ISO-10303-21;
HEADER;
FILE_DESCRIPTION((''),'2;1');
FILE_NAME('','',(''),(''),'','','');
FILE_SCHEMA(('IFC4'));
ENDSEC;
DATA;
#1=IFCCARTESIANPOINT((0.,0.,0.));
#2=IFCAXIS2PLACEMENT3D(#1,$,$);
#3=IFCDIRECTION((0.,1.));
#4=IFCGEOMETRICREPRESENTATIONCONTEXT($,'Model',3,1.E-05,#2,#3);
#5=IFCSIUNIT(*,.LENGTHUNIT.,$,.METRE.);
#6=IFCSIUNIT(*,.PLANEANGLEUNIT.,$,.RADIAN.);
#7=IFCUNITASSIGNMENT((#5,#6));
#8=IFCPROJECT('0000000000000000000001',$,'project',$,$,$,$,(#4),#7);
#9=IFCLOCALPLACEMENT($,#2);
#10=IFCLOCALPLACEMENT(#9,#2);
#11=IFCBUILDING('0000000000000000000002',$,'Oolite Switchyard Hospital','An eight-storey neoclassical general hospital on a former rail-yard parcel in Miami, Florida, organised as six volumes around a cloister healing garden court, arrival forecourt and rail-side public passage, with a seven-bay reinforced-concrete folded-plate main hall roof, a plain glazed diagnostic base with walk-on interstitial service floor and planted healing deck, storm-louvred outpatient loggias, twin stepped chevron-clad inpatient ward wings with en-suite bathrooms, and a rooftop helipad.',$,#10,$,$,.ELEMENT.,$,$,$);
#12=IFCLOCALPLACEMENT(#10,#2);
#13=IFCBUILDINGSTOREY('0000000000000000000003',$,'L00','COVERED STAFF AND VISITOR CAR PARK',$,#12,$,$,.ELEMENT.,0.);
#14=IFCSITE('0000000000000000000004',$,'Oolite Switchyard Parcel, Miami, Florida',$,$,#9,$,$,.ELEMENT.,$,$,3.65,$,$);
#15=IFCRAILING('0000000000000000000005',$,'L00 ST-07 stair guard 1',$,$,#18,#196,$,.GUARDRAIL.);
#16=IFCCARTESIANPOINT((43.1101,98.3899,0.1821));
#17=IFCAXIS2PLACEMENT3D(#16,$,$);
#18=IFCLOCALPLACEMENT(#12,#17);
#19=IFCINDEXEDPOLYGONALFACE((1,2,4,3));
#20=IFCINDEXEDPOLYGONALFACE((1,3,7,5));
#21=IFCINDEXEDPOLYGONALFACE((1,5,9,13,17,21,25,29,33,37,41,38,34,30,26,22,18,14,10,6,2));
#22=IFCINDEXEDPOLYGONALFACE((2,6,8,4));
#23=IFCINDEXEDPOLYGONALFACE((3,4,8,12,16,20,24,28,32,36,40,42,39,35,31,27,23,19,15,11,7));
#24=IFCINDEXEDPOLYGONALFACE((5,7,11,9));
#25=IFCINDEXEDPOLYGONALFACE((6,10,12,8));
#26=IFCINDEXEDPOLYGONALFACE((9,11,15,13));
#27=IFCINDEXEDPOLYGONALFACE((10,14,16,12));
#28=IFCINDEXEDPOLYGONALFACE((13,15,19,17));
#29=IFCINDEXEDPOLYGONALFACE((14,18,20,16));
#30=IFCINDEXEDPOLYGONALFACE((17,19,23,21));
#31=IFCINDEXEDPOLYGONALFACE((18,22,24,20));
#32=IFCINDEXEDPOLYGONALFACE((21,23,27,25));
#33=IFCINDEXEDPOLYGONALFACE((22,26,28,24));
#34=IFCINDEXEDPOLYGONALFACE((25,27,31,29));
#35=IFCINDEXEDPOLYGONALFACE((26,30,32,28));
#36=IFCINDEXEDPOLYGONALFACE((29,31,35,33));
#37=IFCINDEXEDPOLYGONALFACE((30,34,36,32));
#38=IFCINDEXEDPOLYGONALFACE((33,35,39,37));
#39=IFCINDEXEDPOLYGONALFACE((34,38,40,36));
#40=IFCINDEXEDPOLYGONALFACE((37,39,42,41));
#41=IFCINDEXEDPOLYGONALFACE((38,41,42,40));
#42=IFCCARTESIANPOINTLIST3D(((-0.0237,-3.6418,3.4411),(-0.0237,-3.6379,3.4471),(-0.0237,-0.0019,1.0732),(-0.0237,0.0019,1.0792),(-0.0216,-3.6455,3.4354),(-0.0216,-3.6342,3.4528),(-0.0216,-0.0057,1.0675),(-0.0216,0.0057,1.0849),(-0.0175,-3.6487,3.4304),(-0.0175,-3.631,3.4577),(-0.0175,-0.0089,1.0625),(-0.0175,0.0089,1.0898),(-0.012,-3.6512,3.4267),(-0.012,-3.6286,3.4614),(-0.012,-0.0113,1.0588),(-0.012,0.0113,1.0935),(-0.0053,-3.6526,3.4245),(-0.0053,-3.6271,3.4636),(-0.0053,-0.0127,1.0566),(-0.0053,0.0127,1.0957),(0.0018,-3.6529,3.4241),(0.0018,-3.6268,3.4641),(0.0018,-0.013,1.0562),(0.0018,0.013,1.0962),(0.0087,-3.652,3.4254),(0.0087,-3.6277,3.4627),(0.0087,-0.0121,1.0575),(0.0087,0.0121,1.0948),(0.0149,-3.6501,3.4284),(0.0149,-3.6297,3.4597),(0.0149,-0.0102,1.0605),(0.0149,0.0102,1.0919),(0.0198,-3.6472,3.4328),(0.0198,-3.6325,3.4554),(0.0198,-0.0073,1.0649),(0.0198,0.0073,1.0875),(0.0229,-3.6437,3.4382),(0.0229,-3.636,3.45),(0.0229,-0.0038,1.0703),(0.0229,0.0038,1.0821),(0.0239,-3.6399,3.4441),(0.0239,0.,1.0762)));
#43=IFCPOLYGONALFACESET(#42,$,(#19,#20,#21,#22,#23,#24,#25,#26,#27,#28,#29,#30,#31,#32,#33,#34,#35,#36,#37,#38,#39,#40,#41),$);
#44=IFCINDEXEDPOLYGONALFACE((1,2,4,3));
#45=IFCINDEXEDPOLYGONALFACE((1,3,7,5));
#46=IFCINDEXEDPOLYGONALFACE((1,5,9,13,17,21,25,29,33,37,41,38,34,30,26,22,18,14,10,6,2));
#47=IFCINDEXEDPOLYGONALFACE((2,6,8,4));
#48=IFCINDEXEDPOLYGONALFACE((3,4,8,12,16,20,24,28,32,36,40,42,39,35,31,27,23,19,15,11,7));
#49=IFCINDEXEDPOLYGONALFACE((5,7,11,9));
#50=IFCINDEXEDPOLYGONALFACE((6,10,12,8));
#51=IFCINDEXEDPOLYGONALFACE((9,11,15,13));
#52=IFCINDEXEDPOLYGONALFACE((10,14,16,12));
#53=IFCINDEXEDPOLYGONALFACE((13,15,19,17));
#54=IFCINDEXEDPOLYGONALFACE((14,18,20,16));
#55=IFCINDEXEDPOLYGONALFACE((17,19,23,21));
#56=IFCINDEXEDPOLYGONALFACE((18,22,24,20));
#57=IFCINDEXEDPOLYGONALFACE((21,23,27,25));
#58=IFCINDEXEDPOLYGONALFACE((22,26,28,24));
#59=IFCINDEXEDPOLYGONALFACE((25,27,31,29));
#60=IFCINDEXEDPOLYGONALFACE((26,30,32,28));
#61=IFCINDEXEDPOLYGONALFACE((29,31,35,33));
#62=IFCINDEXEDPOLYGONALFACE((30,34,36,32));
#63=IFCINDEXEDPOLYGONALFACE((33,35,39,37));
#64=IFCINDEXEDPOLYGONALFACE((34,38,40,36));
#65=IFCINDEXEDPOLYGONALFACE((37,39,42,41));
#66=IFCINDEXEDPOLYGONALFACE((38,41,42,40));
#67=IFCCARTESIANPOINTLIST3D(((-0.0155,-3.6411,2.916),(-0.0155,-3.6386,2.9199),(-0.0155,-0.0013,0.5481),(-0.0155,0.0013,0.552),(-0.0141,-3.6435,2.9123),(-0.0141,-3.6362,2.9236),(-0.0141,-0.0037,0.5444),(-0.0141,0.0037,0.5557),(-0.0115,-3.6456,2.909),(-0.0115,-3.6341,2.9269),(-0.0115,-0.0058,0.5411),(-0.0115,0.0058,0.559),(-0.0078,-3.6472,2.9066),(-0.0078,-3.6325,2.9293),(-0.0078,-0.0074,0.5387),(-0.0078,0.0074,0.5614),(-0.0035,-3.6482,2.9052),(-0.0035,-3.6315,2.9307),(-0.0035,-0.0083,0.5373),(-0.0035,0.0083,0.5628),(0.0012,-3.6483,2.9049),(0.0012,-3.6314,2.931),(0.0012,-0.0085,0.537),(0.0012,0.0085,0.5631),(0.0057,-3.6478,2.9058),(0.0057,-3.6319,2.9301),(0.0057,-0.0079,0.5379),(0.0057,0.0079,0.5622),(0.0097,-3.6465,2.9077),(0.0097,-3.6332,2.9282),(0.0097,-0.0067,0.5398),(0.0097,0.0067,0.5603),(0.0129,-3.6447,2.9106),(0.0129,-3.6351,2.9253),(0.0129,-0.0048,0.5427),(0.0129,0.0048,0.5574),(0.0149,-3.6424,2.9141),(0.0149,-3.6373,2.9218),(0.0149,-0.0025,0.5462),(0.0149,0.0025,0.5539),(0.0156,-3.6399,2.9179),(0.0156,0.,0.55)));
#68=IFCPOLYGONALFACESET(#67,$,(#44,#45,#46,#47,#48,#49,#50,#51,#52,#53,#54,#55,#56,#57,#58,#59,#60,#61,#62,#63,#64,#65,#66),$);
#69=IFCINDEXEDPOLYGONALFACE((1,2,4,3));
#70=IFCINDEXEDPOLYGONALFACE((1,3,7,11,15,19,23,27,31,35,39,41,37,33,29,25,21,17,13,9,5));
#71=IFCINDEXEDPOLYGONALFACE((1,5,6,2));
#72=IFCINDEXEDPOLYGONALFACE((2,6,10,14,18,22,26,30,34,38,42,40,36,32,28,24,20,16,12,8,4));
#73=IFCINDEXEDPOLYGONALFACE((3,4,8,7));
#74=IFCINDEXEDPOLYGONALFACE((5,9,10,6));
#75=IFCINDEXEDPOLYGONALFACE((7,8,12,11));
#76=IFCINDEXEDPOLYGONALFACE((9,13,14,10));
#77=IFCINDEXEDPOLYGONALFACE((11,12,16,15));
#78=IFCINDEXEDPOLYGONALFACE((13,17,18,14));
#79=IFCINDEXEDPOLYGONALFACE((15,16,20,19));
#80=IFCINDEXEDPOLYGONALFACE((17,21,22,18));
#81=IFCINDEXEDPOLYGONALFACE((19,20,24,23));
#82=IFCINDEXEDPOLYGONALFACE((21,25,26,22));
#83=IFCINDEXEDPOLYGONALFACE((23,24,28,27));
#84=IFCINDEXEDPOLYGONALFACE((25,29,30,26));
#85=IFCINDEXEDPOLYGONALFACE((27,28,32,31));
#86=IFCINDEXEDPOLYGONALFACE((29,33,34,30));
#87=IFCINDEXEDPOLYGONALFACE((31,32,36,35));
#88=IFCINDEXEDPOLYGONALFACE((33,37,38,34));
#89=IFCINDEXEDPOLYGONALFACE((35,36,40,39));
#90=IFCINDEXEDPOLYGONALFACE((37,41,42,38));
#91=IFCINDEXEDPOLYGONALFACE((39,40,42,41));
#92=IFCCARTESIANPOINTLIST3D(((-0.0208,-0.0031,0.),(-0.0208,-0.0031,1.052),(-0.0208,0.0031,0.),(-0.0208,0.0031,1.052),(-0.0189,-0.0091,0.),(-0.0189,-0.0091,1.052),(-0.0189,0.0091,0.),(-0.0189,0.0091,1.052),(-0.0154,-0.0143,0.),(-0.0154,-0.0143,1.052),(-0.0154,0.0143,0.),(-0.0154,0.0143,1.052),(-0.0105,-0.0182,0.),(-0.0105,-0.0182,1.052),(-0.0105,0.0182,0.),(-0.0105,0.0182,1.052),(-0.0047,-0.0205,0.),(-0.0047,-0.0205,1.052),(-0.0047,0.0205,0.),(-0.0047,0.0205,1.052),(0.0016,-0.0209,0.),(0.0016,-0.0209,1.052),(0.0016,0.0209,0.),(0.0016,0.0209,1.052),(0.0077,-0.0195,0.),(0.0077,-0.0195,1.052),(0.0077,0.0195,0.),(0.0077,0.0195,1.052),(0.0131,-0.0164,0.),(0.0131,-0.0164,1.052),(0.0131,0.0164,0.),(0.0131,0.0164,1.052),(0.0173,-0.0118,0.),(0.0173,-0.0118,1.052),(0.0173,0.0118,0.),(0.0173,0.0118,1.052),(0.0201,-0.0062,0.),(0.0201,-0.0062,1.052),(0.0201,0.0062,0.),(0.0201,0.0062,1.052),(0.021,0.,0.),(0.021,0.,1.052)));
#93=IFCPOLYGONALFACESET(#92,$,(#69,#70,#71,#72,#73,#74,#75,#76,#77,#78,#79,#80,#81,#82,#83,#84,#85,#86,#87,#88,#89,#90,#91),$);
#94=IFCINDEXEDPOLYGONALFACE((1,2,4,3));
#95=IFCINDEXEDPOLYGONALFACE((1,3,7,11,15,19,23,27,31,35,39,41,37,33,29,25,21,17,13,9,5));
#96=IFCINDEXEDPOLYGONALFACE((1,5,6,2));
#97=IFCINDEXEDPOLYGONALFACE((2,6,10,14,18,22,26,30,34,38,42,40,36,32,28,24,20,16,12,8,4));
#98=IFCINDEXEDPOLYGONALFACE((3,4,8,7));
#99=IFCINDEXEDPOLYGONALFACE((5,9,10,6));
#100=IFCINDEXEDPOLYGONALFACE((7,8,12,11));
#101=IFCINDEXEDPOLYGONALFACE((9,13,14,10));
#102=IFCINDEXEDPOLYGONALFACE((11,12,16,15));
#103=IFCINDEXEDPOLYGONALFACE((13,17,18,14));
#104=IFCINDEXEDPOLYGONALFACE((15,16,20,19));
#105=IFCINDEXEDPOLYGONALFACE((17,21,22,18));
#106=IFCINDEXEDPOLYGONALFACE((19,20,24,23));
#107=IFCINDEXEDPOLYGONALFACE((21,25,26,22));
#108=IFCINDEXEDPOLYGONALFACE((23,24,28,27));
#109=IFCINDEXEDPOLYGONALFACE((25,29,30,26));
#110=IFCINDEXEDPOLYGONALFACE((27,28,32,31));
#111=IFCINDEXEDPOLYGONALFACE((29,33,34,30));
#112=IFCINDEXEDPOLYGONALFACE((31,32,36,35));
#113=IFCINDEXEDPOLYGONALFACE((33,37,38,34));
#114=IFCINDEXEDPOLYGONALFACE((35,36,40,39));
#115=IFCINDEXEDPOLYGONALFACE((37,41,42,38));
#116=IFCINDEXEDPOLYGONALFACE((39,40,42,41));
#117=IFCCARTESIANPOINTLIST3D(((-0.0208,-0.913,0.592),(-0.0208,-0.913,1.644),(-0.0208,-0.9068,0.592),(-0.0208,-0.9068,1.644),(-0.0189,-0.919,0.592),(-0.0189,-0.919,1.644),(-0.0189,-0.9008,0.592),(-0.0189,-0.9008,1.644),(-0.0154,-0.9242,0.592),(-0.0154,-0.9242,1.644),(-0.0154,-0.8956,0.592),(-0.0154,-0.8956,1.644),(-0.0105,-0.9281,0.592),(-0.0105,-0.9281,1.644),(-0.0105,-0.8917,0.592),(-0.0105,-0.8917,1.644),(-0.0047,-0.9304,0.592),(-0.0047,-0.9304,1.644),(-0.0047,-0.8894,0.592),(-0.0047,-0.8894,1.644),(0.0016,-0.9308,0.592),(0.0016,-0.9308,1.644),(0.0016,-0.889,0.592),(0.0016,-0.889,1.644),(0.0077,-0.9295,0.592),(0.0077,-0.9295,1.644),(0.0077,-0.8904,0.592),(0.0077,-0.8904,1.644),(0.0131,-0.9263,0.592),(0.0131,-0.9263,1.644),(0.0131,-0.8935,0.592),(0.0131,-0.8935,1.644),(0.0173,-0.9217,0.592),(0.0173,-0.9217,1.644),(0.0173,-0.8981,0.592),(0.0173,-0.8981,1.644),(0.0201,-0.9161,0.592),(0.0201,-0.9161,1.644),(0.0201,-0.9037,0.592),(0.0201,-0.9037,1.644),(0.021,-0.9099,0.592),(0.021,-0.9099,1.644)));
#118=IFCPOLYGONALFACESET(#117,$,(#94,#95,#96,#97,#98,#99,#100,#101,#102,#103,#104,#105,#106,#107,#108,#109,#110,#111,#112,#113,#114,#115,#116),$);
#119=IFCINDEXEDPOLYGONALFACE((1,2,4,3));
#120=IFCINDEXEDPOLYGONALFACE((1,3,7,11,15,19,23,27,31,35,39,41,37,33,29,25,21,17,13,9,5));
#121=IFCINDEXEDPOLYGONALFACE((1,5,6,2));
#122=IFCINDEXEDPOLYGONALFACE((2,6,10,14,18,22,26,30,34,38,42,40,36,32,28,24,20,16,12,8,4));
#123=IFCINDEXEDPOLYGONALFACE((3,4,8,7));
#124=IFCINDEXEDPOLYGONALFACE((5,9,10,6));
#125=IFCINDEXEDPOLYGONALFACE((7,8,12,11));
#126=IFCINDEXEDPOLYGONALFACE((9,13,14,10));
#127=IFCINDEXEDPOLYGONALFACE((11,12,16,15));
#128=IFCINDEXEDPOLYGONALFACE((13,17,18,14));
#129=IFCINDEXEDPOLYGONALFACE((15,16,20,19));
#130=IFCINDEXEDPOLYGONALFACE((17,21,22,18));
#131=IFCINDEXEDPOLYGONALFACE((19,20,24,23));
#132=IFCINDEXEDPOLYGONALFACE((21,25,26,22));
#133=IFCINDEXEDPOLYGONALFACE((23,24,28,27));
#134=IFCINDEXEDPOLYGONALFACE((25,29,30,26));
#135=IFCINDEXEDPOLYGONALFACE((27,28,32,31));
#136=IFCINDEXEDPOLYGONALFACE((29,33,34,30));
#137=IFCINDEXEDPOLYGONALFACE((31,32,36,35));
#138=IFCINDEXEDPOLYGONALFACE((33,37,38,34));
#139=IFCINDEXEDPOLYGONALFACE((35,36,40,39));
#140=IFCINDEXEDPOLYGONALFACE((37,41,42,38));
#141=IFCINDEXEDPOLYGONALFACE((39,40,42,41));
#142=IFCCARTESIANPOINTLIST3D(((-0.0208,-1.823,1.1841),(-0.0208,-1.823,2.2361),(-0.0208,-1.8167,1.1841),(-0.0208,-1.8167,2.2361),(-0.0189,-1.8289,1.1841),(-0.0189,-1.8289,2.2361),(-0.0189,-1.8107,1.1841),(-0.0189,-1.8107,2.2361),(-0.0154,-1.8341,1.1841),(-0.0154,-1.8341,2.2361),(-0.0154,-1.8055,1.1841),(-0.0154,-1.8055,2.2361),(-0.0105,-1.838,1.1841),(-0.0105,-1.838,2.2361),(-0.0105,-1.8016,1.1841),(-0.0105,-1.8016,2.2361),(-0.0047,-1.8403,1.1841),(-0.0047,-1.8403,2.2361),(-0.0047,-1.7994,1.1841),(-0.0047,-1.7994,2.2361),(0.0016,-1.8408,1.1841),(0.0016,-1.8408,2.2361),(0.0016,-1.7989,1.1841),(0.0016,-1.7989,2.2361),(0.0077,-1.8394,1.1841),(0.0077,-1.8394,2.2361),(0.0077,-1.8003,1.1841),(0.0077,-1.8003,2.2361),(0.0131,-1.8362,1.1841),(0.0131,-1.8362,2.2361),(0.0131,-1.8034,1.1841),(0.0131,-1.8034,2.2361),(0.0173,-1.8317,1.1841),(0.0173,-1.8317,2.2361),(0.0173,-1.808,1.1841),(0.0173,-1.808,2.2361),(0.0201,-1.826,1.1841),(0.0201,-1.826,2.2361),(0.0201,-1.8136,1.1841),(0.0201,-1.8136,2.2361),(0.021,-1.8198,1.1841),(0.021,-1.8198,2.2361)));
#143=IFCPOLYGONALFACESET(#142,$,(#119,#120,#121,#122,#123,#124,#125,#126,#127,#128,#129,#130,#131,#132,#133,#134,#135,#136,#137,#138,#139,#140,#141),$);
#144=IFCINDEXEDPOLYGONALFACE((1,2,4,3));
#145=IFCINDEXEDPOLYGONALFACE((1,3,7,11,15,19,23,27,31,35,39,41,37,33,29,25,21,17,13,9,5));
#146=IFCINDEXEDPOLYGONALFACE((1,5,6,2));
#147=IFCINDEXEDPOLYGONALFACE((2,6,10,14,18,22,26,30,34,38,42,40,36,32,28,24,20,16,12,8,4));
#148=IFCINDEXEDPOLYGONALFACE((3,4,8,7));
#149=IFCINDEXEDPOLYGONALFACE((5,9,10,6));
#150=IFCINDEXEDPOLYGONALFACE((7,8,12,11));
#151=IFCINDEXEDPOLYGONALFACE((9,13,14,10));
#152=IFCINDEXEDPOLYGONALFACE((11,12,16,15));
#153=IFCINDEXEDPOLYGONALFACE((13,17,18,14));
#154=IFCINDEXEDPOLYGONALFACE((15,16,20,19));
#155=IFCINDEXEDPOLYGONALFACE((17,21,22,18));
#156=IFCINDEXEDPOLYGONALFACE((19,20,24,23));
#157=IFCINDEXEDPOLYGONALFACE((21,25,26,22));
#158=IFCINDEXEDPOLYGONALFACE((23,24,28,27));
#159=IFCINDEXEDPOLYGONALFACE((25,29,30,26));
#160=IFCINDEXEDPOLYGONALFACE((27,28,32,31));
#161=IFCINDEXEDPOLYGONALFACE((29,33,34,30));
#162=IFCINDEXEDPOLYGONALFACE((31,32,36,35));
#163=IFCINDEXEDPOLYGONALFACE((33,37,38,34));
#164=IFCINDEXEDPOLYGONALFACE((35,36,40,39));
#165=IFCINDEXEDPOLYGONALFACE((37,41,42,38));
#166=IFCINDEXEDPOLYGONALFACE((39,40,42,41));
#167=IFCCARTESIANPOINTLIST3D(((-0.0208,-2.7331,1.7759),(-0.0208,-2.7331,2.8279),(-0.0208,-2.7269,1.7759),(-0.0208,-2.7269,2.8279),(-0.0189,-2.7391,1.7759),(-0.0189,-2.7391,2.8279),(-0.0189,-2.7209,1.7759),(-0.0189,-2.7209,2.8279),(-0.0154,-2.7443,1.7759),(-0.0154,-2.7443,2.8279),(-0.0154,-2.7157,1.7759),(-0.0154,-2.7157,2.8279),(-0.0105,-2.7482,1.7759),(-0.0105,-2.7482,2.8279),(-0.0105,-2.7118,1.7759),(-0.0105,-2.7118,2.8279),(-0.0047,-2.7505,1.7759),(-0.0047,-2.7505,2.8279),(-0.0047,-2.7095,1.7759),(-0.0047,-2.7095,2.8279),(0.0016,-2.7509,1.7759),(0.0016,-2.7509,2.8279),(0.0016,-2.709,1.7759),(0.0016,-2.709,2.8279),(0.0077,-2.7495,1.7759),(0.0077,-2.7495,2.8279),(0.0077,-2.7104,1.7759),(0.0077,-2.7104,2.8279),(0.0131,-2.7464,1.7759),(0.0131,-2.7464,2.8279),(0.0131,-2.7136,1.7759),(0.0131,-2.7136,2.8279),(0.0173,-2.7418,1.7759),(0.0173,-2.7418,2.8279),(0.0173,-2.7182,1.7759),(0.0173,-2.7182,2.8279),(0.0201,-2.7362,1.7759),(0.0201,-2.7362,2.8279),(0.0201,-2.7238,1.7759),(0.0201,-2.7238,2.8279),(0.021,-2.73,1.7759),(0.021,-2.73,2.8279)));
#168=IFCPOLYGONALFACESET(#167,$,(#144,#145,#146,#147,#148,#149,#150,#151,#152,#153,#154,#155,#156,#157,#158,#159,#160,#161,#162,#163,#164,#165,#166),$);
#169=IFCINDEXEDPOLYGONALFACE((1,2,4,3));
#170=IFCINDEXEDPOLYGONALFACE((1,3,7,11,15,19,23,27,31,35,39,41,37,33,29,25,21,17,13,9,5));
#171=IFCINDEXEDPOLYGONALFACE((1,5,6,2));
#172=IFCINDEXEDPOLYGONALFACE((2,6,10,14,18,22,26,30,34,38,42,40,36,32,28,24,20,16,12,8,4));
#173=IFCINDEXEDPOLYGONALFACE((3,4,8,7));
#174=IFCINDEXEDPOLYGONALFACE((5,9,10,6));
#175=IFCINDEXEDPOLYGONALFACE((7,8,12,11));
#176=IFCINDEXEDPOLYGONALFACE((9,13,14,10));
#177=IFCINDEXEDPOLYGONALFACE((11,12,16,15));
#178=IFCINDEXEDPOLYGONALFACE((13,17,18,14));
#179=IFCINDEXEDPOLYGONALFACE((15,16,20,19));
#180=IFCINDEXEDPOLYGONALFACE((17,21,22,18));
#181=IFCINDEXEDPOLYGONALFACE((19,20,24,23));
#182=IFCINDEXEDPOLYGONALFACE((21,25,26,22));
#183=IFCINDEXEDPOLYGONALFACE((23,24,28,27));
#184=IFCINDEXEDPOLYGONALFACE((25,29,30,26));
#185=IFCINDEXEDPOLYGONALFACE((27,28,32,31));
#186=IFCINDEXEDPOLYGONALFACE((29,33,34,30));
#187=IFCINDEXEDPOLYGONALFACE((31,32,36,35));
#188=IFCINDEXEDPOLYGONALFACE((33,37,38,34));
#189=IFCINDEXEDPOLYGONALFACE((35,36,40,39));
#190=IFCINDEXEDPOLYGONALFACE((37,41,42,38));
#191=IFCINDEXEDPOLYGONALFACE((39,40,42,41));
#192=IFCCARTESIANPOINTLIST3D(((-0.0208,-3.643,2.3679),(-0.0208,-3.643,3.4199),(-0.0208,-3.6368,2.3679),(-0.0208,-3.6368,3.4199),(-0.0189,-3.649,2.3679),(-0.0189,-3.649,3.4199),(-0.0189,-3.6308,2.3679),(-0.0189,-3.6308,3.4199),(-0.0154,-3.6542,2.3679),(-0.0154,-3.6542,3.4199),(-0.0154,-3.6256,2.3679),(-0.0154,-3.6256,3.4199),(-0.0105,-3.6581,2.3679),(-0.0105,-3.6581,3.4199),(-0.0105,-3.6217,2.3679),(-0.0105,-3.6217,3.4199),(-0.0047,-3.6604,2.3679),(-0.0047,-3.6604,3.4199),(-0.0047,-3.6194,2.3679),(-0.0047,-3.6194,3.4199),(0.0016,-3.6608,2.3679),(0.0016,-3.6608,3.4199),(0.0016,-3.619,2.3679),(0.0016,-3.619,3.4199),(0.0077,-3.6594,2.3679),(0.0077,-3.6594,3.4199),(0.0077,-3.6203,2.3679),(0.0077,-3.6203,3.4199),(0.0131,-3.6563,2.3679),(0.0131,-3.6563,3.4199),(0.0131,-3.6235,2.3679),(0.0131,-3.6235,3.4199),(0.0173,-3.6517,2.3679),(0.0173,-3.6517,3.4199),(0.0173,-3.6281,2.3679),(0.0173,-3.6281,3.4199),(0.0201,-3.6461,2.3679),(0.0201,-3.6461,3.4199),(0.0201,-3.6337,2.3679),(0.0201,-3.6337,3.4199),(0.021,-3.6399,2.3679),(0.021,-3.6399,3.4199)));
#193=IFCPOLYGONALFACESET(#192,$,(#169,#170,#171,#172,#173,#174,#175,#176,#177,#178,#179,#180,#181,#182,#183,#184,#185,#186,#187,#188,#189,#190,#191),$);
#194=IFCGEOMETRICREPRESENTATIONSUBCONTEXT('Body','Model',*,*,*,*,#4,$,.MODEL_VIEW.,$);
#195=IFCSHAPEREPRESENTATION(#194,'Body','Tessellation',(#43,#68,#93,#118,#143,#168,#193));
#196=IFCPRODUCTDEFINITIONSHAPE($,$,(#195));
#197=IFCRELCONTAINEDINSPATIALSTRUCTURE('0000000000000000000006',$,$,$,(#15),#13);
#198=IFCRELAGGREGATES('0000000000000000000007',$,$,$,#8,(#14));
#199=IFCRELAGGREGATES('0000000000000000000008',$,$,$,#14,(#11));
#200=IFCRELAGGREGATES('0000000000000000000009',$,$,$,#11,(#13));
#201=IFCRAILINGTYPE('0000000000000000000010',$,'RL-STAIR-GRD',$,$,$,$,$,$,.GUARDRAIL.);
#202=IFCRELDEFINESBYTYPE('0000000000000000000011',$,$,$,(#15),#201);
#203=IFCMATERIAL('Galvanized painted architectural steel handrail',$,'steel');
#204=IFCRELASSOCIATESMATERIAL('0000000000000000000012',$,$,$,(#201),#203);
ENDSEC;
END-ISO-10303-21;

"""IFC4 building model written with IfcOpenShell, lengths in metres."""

from ifc_helpers import new_model, si_unit, direction, frame, origin, origin_2d, place, context, subcontext, project, spatial, circle, extrude, material, type_object, element, save


model = new_model("IFC4")

# Units and contexts
model_context = context("Model", 3, precision=1e-05, world=origin(), true_north=direction((0.0, 1.0)))
body_context = subcontext(model_context, "Body", "Model", "MODEL_VIEW")
ifc_project = project(units=[si_unit("LENGTHUNIT", "METRE"), si_unit("PLANEANGLEUNIT", "RADIAN")], contexts=[model_context])

# Site, building, storey
site_placement = place(None, origin())
site = spatial("IfcSite", under=ifc_project, at=site_placement, Name="Oolite Switchyard Parcel, Miami, Florida", CompositionType="ELEMENT", RefElevation=3.65)
building_placement = place(site_placement, origin())
building = spatial("IfcBuilding", under=site, at=building_placement, Name="Oolite Switchyard Hospital", Description="An eight-storey neoclassical general hospital on a former rail-yard parcel in Miami, Florida, organised as six volumes around a cloister healing garden court, arrival forecourt and rail-side public passage, with a seven-bay reinforced-concrete folded-plate main hall roof, a plain glazed diagnostic base with walk-on interstitial service floor and planted healing deck, storm-louvred outpatient loggias, twin stepped chevron-clad inpatient ward wings with en-suite bathrooms, and a rooftop helipad.", CompositionType="ELEMENT")
storey_placement = place(building_placement, origin())
storey = spatial("IfcBuildingStorey", under=building, at=storey_placement, Name="L00", Description="COVERED STAFF AND VISITOR CAR PARK", CompositionType="ELEMENT", Elevation=0.0)

# Railing
ifc_material_1 = material(Name="Galvanized painted architectural steel handrail", Category="steel")
railing_type_1 = type_object("IfcRailingType", Name="RL-STAIR-GRD", PredefinedType="GUARDRAIL", material=ifc_material_1)
railing_1_placement = place(storey_placement, frame((43.1101, 98.3899, 0.1821)))
element("IfcRailing", 1, at=railing_1_placement, inside=storey, type_object=railing_type_1, Name="L00 ST-07 stair guard 1", PredefinedType="GUARDRAIL", context=body_context, shape_type="SweptSolid", body=[
    extrude(circle(Radius=0.0239, at=origin_2d()), frame((0.0, 0.0, 1.0762), z_axis=(0.0, -0.838234, 0.54531), x_axis=(1.0, 0.0, 0.0)), (0.0, 0.0, 1.0), 4.3423),
    extrude(circle(Radius=0.0156, at=origin_2d()), frame((0.0, 0.0, 0.55), z_axis=(0.0, -0.838234, 0.54531), x_axis=(1.0, 0.0, 0.0)), (0.0, 0.0, 1.0), 4.3423),
    extrude(circle(Radius=0.021, at=origin_2d()), origin(), (0.0, 0.0, 1.0), 1.052),
    extrude(circle(Radius=0.021, at=origin_2d()), frame((0.0, -0.9099, 0.592)), (0.0, 0.0, 1.0), 1.052),
    extrude(circle(Radius=0.021, at=origin_2d()), frame((0.0, -1.8198, 1.1841)), (0.0, 0.0, 1.0), 1.052),
    extrude(circle(Radius=0.021, at=origin_2d()), frame((0.0, -2.73, 1.7759)), (0.0, 0.0, 1.0), 1.052),
    extrude(circle(Radius=0.021, at=origin_2d()), frame((0.0, -3.6399, 2.3679)), (0.0, 0.0, 1.0), 1.052),
])

save(model, "model.ifc")
